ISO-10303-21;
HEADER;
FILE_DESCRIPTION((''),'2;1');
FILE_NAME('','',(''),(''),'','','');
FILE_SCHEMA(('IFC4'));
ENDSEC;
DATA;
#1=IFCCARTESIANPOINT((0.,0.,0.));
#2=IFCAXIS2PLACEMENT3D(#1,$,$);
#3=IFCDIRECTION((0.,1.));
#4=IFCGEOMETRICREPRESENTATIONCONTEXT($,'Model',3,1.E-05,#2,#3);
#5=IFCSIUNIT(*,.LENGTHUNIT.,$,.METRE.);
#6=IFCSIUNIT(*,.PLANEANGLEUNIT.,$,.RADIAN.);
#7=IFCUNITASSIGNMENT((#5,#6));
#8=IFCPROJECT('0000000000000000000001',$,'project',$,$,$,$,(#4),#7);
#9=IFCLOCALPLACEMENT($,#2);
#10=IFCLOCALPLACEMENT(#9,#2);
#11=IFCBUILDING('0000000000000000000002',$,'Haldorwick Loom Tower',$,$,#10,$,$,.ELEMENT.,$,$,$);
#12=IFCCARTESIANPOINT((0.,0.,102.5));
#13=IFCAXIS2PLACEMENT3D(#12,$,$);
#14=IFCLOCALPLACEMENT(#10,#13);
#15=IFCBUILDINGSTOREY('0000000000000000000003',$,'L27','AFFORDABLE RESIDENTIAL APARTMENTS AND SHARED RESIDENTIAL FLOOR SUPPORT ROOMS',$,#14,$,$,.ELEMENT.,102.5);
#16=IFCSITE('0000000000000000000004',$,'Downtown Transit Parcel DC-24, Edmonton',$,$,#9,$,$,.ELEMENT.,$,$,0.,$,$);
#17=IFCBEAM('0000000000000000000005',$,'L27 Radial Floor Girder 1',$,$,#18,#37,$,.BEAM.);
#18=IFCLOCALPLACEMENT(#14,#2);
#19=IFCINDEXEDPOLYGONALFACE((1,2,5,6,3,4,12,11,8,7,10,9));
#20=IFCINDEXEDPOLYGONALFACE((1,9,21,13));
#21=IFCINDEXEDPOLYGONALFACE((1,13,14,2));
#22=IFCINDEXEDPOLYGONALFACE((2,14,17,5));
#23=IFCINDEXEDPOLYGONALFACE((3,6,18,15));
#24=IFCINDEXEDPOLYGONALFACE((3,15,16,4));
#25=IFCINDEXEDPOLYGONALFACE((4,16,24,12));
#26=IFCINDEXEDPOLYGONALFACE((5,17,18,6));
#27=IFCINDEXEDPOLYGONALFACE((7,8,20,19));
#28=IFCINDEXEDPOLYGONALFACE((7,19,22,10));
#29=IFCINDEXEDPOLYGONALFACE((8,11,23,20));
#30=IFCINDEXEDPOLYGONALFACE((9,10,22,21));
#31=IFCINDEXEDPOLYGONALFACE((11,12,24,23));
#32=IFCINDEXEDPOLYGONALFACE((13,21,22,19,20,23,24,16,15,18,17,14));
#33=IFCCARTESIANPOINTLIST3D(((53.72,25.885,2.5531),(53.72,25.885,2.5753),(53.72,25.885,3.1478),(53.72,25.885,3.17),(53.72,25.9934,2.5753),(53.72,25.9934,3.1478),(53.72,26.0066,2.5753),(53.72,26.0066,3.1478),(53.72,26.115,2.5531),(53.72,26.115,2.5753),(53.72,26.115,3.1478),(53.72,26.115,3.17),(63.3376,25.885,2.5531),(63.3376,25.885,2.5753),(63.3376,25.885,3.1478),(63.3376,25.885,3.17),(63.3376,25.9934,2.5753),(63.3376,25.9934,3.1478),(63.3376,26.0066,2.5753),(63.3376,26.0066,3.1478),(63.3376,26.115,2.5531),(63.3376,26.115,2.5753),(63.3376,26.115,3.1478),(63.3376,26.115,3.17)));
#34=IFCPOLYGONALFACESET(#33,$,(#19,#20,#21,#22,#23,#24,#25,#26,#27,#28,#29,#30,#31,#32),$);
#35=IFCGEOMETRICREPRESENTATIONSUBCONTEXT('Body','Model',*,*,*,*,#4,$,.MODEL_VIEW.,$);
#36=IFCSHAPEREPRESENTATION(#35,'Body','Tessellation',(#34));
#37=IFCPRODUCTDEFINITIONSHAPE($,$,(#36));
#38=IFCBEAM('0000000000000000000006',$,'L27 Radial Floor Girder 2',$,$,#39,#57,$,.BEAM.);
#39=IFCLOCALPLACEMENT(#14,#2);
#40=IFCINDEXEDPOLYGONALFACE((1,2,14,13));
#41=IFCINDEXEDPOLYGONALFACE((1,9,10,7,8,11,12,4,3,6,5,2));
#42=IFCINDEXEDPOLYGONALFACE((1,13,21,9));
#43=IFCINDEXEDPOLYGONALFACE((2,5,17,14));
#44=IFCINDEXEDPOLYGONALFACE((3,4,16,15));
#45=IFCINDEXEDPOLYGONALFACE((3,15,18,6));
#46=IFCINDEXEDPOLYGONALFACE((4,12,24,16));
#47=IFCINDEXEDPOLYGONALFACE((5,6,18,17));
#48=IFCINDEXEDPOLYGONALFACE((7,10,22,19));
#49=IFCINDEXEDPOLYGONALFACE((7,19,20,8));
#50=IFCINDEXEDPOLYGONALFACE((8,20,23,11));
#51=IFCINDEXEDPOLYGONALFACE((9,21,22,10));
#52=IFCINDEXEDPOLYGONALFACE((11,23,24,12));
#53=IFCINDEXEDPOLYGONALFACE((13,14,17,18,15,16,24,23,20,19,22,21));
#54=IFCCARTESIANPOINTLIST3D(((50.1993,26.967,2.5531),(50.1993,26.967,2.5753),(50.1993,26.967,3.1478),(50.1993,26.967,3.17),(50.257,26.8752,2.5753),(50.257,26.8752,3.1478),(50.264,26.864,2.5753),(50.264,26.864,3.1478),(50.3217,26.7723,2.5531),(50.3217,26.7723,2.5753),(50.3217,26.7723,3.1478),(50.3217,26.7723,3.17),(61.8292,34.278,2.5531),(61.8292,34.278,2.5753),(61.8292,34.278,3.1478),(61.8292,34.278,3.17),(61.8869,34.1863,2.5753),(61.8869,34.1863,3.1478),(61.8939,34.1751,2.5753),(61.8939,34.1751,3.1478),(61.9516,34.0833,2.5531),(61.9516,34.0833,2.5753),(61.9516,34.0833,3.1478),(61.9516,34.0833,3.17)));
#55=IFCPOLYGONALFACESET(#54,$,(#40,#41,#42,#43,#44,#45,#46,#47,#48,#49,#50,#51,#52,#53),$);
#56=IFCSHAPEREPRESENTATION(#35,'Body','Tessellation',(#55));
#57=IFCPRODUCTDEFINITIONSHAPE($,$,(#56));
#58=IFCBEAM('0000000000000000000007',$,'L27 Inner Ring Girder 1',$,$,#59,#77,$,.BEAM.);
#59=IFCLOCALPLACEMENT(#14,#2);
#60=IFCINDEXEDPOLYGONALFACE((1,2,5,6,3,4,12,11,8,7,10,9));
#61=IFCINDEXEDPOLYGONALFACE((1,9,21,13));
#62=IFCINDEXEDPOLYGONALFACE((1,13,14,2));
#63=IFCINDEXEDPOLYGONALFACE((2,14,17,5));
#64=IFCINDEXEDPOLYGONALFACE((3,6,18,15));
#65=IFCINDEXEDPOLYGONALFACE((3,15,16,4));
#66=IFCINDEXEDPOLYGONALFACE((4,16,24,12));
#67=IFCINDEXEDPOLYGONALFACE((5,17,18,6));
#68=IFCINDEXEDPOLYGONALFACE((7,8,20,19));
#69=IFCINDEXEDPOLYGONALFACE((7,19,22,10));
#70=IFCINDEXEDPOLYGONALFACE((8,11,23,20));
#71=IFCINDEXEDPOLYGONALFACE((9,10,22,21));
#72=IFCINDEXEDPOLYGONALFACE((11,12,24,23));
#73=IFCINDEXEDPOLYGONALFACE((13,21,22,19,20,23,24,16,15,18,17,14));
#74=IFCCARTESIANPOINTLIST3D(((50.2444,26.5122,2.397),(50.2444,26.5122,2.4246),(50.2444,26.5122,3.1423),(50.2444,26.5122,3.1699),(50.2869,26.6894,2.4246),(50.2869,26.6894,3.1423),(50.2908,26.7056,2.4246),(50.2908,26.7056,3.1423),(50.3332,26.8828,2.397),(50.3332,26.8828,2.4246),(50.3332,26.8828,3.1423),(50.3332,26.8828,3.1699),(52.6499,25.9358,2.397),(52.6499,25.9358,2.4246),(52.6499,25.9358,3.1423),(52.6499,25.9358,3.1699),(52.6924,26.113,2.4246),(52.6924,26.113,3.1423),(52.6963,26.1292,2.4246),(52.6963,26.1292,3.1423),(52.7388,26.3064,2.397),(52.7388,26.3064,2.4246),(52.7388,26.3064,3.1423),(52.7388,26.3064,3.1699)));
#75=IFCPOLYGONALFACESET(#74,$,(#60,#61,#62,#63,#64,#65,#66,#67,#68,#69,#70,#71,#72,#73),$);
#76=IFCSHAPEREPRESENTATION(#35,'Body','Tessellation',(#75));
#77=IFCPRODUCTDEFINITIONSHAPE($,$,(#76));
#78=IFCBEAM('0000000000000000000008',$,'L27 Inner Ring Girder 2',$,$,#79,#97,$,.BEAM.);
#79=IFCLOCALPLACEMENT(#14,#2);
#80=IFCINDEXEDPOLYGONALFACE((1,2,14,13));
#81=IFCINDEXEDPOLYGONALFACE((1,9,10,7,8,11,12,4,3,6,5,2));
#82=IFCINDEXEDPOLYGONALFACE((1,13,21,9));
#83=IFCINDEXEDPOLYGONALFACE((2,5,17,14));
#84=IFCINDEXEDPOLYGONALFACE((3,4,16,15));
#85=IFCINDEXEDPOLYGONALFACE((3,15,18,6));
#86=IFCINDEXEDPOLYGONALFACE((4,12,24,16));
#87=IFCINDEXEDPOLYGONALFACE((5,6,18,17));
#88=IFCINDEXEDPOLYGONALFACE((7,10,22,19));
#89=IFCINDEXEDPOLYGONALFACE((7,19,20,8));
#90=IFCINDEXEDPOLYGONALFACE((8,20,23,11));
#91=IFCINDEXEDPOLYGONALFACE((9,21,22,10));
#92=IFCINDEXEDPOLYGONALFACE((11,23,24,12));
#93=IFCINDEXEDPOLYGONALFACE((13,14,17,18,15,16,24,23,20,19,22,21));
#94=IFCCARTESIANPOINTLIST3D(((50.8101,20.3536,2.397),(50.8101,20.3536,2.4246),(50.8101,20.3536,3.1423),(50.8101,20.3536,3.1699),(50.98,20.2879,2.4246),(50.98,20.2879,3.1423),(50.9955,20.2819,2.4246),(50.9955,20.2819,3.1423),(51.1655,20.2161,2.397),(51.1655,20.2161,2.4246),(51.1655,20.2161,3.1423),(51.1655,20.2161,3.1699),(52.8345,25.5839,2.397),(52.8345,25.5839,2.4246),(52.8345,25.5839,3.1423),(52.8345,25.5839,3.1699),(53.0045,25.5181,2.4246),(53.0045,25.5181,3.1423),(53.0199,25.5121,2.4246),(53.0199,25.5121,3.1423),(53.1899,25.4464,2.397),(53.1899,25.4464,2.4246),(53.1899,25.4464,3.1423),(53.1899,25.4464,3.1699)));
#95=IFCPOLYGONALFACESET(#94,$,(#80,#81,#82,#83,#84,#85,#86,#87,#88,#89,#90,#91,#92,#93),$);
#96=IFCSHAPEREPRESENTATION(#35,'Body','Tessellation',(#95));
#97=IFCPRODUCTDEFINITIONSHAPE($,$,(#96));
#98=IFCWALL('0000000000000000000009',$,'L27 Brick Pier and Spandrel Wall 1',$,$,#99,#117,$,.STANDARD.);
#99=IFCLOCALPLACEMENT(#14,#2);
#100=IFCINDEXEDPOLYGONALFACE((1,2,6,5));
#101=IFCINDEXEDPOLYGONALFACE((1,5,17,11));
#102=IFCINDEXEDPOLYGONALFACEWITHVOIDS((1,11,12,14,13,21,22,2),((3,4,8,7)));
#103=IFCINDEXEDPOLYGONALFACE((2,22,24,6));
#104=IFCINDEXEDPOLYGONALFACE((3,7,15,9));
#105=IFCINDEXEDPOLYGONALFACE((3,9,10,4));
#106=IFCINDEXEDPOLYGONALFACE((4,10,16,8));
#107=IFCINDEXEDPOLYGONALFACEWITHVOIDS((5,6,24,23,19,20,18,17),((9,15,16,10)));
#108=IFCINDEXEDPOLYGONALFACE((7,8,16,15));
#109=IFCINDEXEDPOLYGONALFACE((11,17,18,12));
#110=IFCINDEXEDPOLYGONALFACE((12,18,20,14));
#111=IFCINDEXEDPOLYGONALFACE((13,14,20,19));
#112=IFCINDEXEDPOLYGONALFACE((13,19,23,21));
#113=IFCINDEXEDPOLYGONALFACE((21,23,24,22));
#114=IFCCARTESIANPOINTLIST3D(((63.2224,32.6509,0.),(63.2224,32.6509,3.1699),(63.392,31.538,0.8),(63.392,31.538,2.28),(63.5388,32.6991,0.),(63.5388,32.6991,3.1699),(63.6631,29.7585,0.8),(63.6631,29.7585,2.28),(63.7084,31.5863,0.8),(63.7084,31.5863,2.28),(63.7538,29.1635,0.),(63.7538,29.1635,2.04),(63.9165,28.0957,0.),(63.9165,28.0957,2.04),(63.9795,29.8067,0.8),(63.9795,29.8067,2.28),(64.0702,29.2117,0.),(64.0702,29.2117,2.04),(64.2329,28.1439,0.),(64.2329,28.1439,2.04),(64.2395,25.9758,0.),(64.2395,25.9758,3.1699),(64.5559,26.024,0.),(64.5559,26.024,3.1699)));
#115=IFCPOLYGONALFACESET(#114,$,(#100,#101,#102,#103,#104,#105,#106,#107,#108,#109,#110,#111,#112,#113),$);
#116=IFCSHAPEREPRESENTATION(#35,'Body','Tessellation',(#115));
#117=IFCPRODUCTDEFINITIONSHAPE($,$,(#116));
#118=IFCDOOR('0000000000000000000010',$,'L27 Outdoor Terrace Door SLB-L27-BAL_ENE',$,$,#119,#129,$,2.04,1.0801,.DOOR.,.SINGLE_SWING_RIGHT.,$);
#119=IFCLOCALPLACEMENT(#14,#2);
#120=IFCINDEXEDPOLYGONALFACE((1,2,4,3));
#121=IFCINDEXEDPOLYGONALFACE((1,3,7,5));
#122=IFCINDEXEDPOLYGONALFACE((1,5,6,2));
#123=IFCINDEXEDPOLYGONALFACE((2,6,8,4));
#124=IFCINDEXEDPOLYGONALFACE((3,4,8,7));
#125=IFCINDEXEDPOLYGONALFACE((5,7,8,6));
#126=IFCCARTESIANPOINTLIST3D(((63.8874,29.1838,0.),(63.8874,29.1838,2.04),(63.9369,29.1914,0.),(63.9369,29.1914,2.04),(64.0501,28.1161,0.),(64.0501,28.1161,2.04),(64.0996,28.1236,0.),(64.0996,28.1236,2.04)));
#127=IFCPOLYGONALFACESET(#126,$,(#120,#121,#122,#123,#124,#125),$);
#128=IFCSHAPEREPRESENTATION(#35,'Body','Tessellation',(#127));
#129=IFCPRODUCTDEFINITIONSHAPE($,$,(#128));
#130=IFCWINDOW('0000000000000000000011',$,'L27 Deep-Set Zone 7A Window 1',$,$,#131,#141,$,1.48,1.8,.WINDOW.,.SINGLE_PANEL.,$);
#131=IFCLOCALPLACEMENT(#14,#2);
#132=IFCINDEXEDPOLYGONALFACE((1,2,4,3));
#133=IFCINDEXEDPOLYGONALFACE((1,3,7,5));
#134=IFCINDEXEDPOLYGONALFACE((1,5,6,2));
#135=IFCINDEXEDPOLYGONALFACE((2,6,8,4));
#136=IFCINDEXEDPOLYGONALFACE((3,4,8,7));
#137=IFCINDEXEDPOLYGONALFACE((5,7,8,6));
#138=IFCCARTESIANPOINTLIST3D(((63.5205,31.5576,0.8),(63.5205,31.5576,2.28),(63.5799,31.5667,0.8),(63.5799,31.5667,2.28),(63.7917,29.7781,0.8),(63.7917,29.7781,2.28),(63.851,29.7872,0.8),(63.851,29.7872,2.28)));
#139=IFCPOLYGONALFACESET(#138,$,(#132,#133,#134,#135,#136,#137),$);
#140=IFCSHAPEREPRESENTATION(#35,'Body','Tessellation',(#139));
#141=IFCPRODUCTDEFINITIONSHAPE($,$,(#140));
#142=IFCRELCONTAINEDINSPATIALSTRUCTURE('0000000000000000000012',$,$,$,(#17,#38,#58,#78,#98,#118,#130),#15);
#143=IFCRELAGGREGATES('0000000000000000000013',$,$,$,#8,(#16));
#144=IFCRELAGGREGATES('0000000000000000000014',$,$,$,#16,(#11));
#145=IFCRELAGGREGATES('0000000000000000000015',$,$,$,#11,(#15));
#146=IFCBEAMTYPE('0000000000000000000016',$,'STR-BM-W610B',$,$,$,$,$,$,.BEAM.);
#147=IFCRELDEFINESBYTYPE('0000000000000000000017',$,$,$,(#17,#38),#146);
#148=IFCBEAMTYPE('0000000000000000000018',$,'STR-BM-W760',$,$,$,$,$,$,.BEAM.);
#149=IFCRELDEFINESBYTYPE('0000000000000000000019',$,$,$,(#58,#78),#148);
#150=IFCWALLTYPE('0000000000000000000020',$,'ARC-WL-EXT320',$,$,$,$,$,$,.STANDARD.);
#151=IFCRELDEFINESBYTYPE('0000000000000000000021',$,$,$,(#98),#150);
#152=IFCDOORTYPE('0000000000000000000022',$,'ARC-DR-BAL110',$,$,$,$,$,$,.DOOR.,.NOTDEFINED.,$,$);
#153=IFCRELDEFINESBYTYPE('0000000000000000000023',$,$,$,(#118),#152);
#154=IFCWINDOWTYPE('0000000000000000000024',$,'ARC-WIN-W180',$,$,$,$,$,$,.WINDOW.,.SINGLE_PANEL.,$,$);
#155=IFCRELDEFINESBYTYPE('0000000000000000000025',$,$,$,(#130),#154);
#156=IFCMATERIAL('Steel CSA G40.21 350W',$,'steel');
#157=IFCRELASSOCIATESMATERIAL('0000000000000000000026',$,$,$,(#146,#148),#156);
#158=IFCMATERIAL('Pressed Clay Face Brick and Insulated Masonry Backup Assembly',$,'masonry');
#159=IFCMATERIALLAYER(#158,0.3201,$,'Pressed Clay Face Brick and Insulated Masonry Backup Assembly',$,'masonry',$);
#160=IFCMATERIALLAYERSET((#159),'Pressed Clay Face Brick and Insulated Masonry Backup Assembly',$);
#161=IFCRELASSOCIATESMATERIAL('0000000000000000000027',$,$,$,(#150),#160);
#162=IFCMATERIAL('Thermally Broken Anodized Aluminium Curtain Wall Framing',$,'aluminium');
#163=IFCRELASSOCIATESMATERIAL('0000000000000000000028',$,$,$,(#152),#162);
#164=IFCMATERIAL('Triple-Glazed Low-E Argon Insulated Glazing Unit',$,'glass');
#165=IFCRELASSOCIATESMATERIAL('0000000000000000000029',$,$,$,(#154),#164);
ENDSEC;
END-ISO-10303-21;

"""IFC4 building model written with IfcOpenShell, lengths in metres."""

from ifc_helpers import new_model, si_unit, direction, frame, frame_2d, origin, origin_2d, place, context, subcontext, project, spatial, rectangle, i_section, extrude, material, layer, layer_set, material_profile, profile_set, type_object, element, fill, save


model = new_model("IFC4")

# Units and contexts
model_context = context("Model", 3, precision=1e-05, world=origin(), true_north=direction((0.0, 1.0)))
body_context = subcontext(model_context, "Body", "Model", "MODEL_VIEW")
ifc_project = project(units=[si_unit("LENGTHUNIT", "METRE"), si_unit("PLANEANGLEUNIT", "RADIAN")], contexts=[model_context])

# Site, building, storey
site_placement = place(None, origin())
site = spatial("IfcSite", under=ifc_project, at=site_placement, Name="Downtown Transit Parcel DC-24, Edmonton", CompositionType="ELEMENT", RefElevation=0.0)
building_placement = place(site_placement, origin())
building = spatial("IfcBuilding", under=site, at=building_placement, Name="Haldorwick Loom Tower", CompositionType="ELEMENT")
storey_placement = place(building_placement, frame((0.0, 0.0, 102.5)))
storey = spatial("IfcBuildingStorey", under=building, at=storey_placement, Name="L27", Description="AFFORDABLE RESIDENTIAL APARTMENTS AND SHARED RESIDENTIAL FLOOR SUPPORT ROOMS", CompositionType="ELEMENT", Elevation=102.5)

# Beams
ifc_material_1 = material(Name="Steel CSA G40.21 350W", Category="steel")
ifc_material_profile_1 = material_profile(ifc_material_1, i_section(OverallWidth=0.23, OverallDepth=0.6169, WebThickness=0.0132, FlangeThickness=0.0222, at=origin_2d()), Name="W610X140", Category="steel")
ifc_profile_set_1 = profile_set([ifc_material_profile_1], Name="Steel CSA G40.21 350W")
beam_type_1 = type_object("IfcBeamType", Name="STR-BM-W610B", PredefinedType="BEAM", material=ifc_profile_set_1)
beam_1_placement = place(storey_placement, frame((53.72, 26.0, 2.8616), z_axis=(1.0, 0.0, 0.0), x_axis=(0.0, 1.0, 0.0)))
element("IfcBeam", 1, at=beam_1_placement, inside=storey, type_object=beam_type_1, Name="L27 Radial Floor Girder 1", PredefinedType="BEAM", context=body_context, shape_type="SweptSolid", body=[
    extrude(i_section(OverallWidth=0.23, OverallDepth=0.6169, WebThickness=0.0132, FlangeThickness=0.0222, at=origin_2d()), origin(), (0.0, 0.0, 1.0), 9.6177),
])
beam_2_placement = place(storey_placement, frame((50.2605, 26.8696, 2.8616), z_axis=(0.84661, 0.532214, 0.0), x_axis=(-0.532214, 0.84661, 0.0)))
element("IfcBeam", 2, at=beam_2_placement, inside=storey, type_object=beam_type_1, Name="L27 Radial Floor Girder 2", PredefinedType="BEAM", context=body_context, shape_type="SweptSolid", body=[
    extrude(i_section(OverallWidth=0.23, OverallDepth=0.6169, WebThickness=0.0132, FlangeThickness=0.0222, at=origin_2d()), origin(), (0.0, 0.0, 1.0), 13.7371),
])
ifc_material_profile_2 = material_profile(ifc_material_1, i_section(OverallWidth=0.3811, OverallDepth=0.7729, WebThickness=0.0166, FlangeThickness=0.0276, at=origin_2d()), Name="W760X257", Category="steel")
ifc_profile_set_2 = profile_set([ifc_material_profile_2], Name="Steel CSA G40.21 350W")
beam_type_2 = type_object("IfcBeamType", Name="STR-BM-W760", PredefinedType="BEAM", material=ifc_profile_set_2)
beam_3_placement = place(storey_placement, frame((50.2888, 26.6975, 2.7834), z_axis=(0.972471, -0.233026, 0.0), x_axis=(0.233026, 0.972471, 0.0)))
element("IfcBeam", 3, at=beam_3_placement, inside=storey, type_object=beam_type_2, Name="L27 Inner Ring Girder 1", PredefinedType="BEAM", context=body_context, shape_type="SweptSolid", body=[
    extrude(i_section(OverallWidth=0.3811, OverallDepth=0.7729, WebThickness=0.0166, FlangeThickness=0.0276, at=origin_2d()), origin(), (0.0, 0.0, 1.0), 2.4736),
])
beam_4_placement = place(storey_placement, frame((53.0122, 25.5151, 2.7834), z_axis=(-0.360965, -0.932579, 0.0), x_axis=(0.932579, -0.360965, 0.0)))
element("IfcBeam", 4, at=beam_4_placement, inside=storey, type_object=beam_type_2, Name="L27 Inner Ring Girder 2", PredefinedType="BEAM", context=body_context, shape_type="SweptSolid", body=[
    extrude(i_section(OverallWidth=0.3811, OverallDepth=0.7729, WebThickness=0.0166, FlangeThickness=0.0276, at=origin_2d()), origin(), (0.0, 0.0, 1.0), 5.6084),
])

# Wall, openings, door, window
ifc_material_2 = material(Name="Pressed Clay Face Brick and Insulated Masonry Backup Assembly", Category="masonry")
ifc_layer_1 = layer(ifc_material_2, 0.3201, Name="Pressed Clay Face Brick and Insulated Masonry Backup Assembly", Category="masonry")
ifc_layer_set_1 = layer_set([ifc_layer_1], Name="Pressed Clay Face Brick and Insulated Masonry Backup Assembly")
wall_type_1 = type_object("IfcWallType", Name="ARC-WL-EXT320", PredefinedType="STANDARD", material=ifc_layer_set_1)
wall_1_placement = place(storey_placement, frame((64.3977, 26.0, 0.0), z_axis=(0.0, 0.0, 1.0), x_axis=(-0.150633, 0.98859, 0.0)))
wall_1 = element("IfcWall", 5, at=wall_1_placement, inside=storey, type_object=wall_type_1, Name="L27 Brick Pier and Spandrel Wall 1", PredefinedType="STANDARD", context=body_context, shape_type="SweptSolid", body=[
    extrude(rectangle(XDim=6.7522, YDim=0.3201, at=frame_2d((3.376, 0.0))), origin(), (0.0, 0.0, 1.0), 3.1699),
])
opening_1_placement = place(wall_1_placement, frame((2.1443, 0.0, 0.0)))
opening_1 = element("IfcOpeningElement", 6, at=opening_1_placement, cuts=wall_1, PredefinedType="OPENING", context=body_context, shape_type="SweptSolid", body=[
    extrude(rectangle(XDim=1.0801, YDim=2.04, at=frame_2d((0.54, 1.02))), frame((0.0, 0.1699, 0.0), z_axis=(0.0, -1.0, 0.0), x_axis=(1.0, 0.0, 0.0)), (0.0, 0.0, 1.0), 0.3401),
])
opening_2_placement = place(wall_1_placement, frame((3.8264, 0.0, 0.8)))
opening_2 = element("IfcOpeningElement", 7, at=opening_2_placement, cuts=wall_1, PredefinedType="OPENING", context=body_context, shape_type="SweptSolid", body=[
    extrude(rectangle(XDim=1.8, YDim=1.48, at=frame_2d((0.8999, 0.74))), frame((0.0, 0.1699, 0.0), z_axis=(0.0, -1.0, 0.0), x_axis=(1.0, 0.0, 0.0)), (0.0, 0.0, 1.0), 0.3401),
])
ifc_material_3 = material(Name="Thermally Broken Anodized Aluminium Curtain Wall Framing", Category="aluminium")
door_type_1 = type_object("IfcDoorType", Name="ARC-DR-BAL110", OperationType="NOTDEFINED", PredefinedType="DOOR", material=ifc_material_3)
door_1_placement = place(opening_1_placement, origin())
door_1 = element("IfcDoor", 8, at=door_1_placement, inside=storey, type_object=door_type_1, Name="L27 Outdoor Terrace Door SLB-L27-BAL_ENE", OperationType="SINGLE_SWING_RIGHT", OverallHeight=2.04, OverallWidth=1.0801, PredefinedType="DOOR", context=body_context, shape_type="SweptSolid", body=[
    extrude(rectangle(XDim=1.0801, YDim=2.04, at=frame_2d((0.54, 1.02))), frame((0.0, 0.0249, 0.0), z_axis=(0.0, -1.0, 0.0), x_axis=(1.0, 0.0, 0.0)), (0.0, 0.0, 1.0), 0.05),
])
fill(opening_1, door_1)
ifc_material_4 = material(Name="Triple-Glazed Low-E Argon Insulated Glazing Unit", Category="glass")
window_type = type_object("IfcWindowType", Name="ARC-WIN-W180", PartitioningType="SINGLE_PANEL", PredefinedType="WINDOW", material=ifc_material_4)
window_placement = place(opening_2_placement, origin())
window = element("IfcWindow", 9, at=window_placement, inside=storey, type_object=window_type, Name="L27 Deep-Set Zone 7A Window 1", OverallHeight=1.48, OverallWidth=1.8, PartitioningType="SINGLE_PANEL", PredefinedType="WINDOW", context=body_context, shape_type="SweptSolid", body=[
    extrude(rectangle(XDim=1.8, YDim=1.48, at=frame_2d((0.8999, 0.74))), frame((0.0, 0.03, 0.0), z_axis=(0.0, -1.0, 0.0), x_axis=(1.0, 0.0, 0.0)), (0.0, 0.0, 1.0), 0.0601),
])
fill(opening_2, window)

save(model, "model.ifc")
